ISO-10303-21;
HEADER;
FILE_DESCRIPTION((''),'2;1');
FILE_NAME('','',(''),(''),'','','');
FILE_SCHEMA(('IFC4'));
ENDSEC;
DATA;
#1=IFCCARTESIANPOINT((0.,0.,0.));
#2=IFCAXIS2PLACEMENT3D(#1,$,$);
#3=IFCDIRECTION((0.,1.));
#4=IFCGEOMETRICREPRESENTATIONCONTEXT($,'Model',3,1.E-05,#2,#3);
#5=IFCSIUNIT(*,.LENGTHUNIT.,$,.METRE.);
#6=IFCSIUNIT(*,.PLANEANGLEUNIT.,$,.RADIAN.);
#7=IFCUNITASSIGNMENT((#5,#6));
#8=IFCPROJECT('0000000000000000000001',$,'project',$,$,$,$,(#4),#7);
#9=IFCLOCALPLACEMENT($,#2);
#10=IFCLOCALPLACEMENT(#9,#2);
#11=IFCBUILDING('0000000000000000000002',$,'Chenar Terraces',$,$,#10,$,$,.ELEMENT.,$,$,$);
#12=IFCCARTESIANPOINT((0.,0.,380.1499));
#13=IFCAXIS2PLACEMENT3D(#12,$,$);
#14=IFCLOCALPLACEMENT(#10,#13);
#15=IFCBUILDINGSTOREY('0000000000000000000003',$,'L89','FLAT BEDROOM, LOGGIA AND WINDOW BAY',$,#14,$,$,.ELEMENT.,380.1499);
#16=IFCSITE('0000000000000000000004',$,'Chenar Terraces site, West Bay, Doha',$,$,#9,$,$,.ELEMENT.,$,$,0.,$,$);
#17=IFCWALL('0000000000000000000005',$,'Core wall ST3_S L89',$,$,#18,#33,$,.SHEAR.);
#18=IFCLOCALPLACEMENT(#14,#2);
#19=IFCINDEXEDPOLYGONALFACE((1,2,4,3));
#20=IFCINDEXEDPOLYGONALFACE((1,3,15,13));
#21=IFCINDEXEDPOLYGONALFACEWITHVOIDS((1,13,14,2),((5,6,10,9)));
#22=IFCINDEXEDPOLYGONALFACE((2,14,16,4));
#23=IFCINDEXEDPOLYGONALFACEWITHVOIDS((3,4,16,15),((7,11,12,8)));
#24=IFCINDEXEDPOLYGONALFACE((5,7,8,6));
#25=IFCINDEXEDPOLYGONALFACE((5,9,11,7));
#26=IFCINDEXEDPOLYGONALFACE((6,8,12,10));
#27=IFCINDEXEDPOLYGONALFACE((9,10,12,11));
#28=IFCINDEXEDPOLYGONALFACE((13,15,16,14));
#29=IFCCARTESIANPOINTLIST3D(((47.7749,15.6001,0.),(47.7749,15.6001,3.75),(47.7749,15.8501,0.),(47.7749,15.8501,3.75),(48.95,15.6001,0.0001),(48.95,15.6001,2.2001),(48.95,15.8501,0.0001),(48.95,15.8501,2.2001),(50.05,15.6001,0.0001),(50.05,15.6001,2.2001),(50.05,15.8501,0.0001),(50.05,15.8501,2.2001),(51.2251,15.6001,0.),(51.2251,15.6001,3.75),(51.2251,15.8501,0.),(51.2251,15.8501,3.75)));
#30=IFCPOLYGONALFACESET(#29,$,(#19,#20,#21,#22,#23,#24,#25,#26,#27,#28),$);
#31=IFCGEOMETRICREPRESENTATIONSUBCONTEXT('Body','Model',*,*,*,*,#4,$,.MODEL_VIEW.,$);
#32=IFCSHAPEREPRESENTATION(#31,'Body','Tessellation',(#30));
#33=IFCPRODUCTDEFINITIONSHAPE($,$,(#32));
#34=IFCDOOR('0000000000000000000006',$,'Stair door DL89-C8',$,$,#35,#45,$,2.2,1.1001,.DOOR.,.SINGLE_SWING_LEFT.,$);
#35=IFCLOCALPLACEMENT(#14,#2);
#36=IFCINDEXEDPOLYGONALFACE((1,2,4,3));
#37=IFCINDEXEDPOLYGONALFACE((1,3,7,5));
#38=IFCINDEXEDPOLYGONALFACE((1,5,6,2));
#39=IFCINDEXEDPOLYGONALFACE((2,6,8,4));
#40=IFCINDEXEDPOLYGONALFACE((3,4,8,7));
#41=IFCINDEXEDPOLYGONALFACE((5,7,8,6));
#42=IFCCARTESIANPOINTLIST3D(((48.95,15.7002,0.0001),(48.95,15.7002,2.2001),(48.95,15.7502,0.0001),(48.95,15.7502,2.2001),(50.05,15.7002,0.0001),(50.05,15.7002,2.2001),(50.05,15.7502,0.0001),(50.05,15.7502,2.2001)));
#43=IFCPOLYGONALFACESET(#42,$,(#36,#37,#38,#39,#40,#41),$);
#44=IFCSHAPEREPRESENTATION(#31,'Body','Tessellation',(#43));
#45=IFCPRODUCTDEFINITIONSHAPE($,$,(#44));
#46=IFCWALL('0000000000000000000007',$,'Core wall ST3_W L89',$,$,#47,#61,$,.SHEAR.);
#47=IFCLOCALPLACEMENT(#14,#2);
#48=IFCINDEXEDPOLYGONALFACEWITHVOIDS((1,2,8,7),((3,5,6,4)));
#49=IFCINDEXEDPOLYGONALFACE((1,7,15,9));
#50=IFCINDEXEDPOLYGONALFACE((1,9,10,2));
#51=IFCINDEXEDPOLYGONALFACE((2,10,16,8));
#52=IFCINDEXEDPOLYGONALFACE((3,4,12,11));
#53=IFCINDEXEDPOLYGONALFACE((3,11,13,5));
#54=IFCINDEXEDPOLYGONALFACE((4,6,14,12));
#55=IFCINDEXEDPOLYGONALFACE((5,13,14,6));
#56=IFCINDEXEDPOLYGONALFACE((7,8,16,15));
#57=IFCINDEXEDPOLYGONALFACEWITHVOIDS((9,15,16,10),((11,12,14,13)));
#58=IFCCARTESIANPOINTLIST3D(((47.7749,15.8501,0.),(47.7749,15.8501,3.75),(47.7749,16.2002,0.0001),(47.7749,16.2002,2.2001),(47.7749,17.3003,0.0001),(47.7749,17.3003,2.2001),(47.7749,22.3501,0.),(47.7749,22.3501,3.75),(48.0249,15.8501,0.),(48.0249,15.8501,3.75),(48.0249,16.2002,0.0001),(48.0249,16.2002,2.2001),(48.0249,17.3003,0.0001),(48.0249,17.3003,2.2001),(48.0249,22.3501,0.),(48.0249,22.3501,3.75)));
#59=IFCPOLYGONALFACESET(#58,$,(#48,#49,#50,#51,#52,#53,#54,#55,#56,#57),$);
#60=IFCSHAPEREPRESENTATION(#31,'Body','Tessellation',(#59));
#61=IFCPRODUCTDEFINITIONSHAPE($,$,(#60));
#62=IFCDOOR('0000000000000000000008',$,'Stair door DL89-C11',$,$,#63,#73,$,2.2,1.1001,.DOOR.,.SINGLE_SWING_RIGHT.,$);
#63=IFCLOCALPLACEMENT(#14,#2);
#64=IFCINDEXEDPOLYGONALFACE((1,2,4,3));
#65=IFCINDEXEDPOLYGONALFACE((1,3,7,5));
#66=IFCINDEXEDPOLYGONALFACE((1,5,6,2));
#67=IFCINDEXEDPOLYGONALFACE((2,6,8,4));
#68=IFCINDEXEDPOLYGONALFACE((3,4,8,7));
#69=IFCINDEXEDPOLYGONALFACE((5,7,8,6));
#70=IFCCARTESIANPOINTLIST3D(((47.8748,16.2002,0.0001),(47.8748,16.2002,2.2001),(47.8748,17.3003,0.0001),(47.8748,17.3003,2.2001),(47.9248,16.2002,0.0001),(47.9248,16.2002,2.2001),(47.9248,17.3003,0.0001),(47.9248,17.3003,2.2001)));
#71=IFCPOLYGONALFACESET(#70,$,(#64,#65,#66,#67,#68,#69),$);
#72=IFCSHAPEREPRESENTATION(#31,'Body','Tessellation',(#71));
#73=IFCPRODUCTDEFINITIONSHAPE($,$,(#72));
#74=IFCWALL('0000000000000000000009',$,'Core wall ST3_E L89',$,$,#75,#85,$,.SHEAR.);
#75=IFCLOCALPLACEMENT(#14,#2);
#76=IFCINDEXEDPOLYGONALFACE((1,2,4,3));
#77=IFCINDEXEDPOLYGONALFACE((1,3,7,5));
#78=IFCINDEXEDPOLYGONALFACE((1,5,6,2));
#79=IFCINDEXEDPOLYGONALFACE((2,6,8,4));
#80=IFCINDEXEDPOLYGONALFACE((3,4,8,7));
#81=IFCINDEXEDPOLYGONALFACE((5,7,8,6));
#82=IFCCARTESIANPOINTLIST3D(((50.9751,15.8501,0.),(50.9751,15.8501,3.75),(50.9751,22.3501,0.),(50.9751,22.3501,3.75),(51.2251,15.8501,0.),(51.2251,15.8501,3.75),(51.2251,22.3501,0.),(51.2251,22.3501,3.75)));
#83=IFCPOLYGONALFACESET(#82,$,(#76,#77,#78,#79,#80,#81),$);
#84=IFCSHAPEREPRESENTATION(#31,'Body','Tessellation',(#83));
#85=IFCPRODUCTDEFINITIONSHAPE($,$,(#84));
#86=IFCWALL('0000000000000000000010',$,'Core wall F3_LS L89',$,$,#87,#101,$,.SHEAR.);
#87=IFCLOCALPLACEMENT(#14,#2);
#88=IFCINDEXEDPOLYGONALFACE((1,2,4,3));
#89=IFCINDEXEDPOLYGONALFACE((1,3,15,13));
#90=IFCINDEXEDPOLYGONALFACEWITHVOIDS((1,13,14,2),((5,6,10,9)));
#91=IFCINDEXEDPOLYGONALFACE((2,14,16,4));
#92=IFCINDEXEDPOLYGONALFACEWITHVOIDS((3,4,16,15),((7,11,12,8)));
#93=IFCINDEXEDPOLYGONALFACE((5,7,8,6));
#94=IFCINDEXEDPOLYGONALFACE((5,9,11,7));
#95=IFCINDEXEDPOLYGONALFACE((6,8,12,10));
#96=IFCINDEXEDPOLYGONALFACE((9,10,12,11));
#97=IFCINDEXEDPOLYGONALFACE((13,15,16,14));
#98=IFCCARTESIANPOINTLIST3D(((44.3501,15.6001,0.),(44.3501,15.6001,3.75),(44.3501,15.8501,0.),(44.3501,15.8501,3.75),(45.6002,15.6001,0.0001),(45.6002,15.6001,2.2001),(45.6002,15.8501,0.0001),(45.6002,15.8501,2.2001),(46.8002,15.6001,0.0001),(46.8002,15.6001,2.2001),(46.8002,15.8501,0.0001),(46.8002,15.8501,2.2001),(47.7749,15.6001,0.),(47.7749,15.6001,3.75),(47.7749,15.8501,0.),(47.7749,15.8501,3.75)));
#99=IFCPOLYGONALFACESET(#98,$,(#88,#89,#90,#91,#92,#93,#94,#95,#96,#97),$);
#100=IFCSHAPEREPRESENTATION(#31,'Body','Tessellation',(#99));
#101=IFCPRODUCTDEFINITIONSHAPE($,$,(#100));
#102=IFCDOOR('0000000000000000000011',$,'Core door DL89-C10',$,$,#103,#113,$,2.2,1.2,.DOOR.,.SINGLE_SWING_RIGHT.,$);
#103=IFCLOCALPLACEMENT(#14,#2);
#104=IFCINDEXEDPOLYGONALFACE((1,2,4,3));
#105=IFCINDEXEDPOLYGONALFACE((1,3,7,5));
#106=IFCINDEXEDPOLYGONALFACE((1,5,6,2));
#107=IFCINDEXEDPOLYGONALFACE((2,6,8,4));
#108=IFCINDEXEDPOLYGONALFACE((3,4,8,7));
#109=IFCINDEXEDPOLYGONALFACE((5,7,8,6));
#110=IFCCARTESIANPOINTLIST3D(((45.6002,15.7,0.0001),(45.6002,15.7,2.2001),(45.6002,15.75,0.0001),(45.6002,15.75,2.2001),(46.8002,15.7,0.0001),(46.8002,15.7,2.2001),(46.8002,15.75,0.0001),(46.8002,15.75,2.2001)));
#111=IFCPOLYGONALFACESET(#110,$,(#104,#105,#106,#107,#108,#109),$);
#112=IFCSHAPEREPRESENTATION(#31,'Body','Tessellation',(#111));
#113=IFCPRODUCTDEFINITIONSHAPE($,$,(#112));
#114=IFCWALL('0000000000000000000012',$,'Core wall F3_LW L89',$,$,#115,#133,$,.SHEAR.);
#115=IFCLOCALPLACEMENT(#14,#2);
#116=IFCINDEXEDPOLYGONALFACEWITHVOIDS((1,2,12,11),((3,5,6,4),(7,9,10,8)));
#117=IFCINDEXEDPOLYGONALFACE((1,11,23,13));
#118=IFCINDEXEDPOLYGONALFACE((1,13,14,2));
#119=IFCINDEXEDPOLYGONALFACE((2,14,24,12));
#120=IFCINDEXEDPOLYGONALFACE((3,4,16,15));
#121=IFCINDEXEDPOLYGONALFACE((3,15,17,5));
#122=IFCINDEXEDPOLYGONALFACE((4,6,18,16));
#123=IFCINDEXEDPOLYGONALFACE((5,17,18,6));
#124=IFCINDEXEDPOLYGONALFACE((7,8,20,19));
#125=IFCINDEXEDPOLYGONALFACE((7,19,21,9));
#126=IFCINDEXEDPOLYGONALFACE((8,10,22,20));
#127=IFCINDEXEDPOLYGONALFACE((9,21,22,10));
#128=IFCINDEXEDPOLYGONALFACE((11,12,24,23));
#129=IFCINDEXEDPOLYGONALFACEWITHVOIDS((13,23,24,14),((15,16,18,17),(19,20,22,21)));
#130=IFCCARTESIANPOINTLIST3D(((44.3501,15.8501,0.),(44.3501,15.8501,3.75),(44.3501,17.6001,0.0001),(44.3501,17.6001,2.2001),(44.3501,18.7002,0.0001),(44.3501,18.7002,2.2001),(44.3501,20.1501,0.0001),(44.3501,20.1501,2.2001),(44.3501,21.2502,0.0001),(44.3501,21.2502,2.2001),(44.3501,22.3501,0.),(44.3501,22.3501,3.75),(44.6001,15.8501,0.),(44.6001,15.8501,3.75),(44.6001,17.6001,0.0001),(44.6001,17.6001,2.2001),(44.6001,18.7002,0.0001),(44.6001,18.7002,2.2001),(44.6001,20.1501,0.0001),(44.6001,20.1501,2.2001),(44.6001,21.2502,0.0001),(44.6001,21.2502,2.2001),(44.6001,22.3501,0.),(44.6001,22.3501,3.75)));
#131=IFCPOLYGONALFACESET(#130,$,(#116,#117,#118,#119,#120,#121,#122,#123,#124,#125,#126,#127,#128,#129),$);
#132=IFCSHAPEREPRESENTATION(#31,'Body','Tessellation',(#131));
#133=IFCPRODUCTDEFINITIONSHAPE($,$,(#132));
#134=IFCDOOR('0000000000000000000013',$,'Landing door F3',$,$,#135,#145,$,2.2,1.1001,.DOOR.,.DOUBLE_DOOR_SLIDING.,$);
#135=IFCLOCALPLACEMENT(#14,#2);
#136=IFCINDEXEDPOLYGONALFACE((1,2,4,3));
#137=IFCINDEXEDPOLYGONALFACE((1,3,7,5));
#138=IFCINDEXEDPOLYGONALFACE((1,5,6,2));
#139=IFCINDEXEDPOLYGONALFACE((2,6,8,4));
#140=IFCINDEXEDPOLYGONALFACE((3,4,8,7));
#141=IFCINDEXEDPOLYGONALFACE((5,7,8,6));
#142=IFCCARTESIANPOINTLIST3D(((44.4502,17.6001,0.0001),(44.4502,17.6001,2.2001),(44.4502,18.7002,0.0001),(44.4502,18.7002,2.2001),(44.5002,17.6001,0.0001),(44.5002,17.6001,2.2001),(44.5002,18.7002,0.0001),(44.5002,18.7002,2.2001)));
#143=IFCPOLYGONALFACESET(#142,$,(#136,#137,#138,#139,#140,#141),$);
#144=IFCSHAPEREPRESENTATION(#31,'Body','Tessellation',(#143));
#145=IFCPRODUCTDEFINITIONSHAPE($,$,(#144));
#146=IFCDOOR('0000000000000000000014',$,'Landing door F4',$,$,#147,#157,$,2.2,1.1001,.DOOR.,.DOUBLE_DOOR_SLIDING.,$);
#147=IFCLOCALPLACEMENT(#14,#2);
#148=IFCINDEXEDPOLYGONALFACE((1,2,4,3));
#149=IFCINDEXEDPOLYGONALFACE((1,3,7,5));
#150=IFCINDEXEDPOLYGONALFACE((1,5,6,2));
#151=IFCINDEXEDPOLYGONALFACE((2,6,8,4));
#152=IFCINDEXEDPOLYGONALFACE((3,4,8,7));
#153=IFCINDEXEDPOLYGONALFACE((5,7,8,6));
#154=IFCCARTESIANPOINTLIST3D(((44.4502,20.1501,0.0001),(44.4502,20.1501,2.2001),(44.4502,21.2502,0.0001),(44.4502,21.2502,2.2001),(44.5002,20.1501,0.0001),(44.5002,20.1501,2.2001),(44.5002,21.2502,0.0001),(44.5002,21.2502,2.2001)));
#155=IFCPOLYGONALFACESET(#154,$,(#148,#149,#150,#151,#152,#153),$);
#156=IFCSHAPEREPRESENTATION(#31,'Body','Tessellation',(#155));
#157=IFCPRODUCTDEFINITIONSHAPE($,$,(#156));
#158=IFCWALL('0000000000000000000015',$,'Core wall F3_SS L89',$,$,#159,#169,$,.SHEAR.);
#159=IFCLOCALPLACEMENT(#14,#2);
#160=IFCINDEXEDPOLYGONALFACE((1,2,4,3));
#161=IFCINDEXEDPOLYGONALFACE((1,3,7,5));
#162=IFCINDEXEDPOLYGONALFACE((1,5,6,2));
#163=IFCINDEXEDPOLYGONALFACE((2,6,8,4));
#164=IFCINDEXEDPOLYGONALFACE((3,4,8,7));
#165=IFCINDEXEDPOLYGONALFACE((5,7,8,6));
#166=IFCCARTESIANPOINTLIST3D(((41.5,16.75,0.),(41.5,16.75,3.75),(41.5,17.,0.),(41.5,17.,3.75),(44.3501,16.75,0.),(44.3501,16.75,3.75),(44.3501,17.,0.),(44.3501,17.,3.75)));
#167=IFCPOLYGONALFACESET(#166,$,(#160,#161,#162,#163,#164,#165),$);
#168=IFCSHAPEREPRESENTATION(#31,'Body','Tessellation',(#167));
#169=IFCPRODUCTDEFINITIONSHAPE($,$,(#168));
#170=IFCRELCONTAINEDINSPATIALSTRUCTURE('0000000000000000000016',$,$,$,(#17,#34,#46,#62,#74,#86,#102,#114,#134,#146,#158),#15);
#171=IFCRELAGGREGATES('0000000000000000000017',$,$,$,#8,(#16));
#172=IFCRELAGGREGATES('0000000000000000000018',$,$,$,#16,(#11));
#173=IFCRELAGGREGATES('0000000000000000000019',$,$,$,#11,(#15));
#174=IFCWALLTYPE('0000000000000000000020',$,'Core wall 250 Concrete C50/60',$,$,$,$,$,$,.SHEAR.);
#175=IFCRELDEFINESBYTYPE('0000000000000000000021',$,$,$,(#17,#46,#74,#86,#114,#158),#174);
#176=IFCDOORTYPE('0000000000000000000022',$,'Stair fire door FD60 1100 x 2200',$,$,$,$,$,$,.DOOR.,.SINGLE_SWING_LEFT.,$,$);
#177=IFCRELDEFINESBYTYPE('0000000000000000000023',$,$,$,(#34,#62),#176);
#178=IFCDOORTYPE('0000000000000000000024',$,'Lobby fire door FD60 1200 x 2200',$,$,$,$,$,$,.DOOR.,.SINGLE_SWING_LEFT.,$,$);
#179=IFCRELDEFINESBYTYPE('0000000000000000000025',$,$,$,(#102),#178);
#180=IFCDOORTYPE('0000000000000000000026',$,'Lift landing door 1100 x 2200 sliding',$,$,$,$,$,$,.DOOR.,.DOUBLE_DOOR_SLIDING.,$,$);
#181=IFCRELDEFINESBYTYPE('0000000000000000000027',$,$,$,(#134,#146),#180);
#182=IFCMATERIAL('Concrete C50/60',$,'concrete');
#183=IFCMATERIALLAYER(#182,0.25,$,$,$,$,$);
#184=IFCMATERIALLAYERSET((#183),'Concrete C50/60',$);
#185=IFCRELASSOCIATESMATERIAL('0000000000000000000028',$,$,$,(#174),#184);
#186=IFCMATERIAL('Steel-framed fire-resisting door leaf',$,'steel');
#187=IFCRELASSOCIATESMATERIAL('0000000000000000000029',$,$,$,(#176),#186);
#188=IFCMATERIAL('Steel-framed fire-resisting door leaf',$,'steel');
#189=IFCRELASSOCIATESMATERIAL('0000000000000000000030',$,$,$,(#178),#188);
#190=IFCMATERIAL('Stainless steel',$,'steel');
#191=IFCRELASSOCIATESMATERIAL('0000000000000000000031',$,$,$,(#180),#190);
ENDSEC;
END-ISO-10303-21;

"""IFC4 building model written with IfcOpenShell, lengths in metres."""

from ifc_helpers import new_model, si_unit, direction, frame, frame_2d, origin, place, context, subcontext, project, spatial, rectangle, extrude, material, layer, layer_set, type_object, element, fill, save


model = new_model("IFC4")

# Units and contexts
model_context = context("Model", 3, precision=1e-05, world=origin(), true_north=direction((0.0, 1.0)))
body_context = subcontext(model_context, "Body", "Model", "MODEL_VIEW")
ifc_project = project(units=[si_unit("LENGTHUNIT", "METRE"), si_unit("PLANEANGLEUNIT", "RADIAN")], contexts=[model_context])

# Site, building, storey
site_placement = place(None, origin())
site = spatial("IfcSite", under=ifc_project, at=site_placement, Name="Chenar Terraces site, West Bay, Doha", CompositionType="ELEMENT", RefElevation=0.0)
building_placement = place(site_placement, origin())
building = spatial("IfcBuilding", under=site, at=building_placement, Name="Chenar Terraces", CompositionType="ELEMENT")
storey_placement = place(building_placement, frame((0.0, 0.0, 380.1499)))
storey = spatial("IfcBuildingStorey", under=building, at=storey_placement, Name="L89", Description="FLAT BEDROOM, LOGGIA AND WINDOW BAY", CompositionType="ELEMENT", Elevation=380.1499)

# Walls, openings, doors
ifc_material_1 = material(Name="Concrete C50/60", Category="concrete")
ifc_layer_1 = layer(ifc_material_1, 0.25)
ifc_layer_set_1 = layer_set([ifc_layer_1], Name="Concrete C50/60")
wall_type_1 = type_object("IfcWallType", Name="Core wall 250 Concrete C50/60", PredefinedType="SHEAR", material=ifc_layer_set_1)
wall_1_placement = place(storey_placement, frame((47.7749, 15.7251, 0.0), z_axis=(0.0, 0.0, 1.0), x_axis=(1.0, 0.0, 0.0)))
wall_1 = element("IfcWall", 1, at=wall_1_placement, inside=storey, type_object=wall_type_1, Name="Core wall ST3_S L89", PredefinedType="SHEAR", context=body_context, shape_type="SweptSolid", body=[
    extrude(rectangle(XDim=3.4502, YDim=0.25, at=frame_2d((1.7251, 0.0))), origin(), (0.0, 0.0, 1.0), 3.75),
])
opening_1_placement = place(wall_1_placement, frame((1.175, 0.0, 0.0)))
opening_1 = element("IfcOpeningElement", 2, at=opening_1_placement, cuts=wall_1, PredefinedType="OPENING", context=body_context, shape_type="SweptSolid", body=[
    extrude(rectangle(XDim=1.1001, YDim=2.2, at=frame_2d((0.55, 1.1001))), frame((0.0, 0.135, 0.0), z_axis=(0.0, -1.0, 0.0), x_axis=(1.0, 0.0, 0.0)), (0.0, 0.0, 1.0), 0.27),
])
ifc_material_2 = material(Name="Steel-framed fire-resisting door leaf", Category="steel")
door_type_1 = type_object("IfcDoorType", Name="Stair fire door FD60 1100 x 2200", OperationType="SINGLE_SWING_LEFT", PredefinedType="DOOR", material=ifc_material_2)
door_1_placement = place(opening_1_placement, frame((1.1001, 0.0, 0.0), z_axis=(0.0, 0.0, 1.0), x_axis=(-1.0, 0.0, 0.0)))
door_1 = element("IfcDoor", 3, at=door_1_placement, inside=storey, type_object=door_type_1, Name="Stair door DL89-C8", OperationType="SINGLE_SWING_LEFT", OverallHeight=2.2, OverallWidth=1.1001, PredefinedType="DOOR", context=body_context, shape_type="SweptSolid", body=[
    extrude(rectangle(XDim=1.1001, YDim=2.2, at=frame_2d((0.55, 1.1001))), frame((0.0, 0.0249, 0.0), z_axis=(0.0, -1.0, 0.0), x_axis=(1.0, 0.0, 0.0)), (0.0, 0.0, 1.0), 0.05),
])
fill(opening_1, door_1)
wall_2_placement = place(storey_placement, frame((47.8999, 15.8501, 0.0), z_axis=(0.0, 0.0, 1.0), x_axis=(0.0, 1.0, 0.0)))
wall_2 = element("IfcWall", 4, at=wall_2_placement, inside=storey, type_object=wall_type_1, Name="Core wall ST3_W L89", PredefinedType="SHEAR", context=body_context, shape_type="SweptSolid", body=[
    extrude(rectangle(XDim=6.5, YDim=0.25, at=frame_2d((3.25, 0.0))), origin(), (0.0, 0.0, 1.0), 3.75),
])
opening_2_placement = place(wall_2_placement, frame((0.3501, 0.0, 0.0)))
opening_2 = element("IfcOpeningElement", 5, at=opening_2_placement, cuts=wall_2, PredefinedType="OPENING", context=body_context, shape_type="SweptSolid", body=[
    extrude(rectangle(XDim=1.1001, YDim=2.2, at=frame_2d((0.55, 1.1001))), frame((0.0, 0.135, 0.0), z_axis=(0.0, -1.0, 0.0), x_axis=(1.0, 0.0, 0.0)), (0.0, 0.0, 1.0), 0.27),
])
door_2_placement = place(opening_2_placement, frame((1.1001, 0.0, 0.0), z_axis=(0.0, 0.0, 1.0), x_axis=(-1.0, 0.0, 0.0)))
door_2 = element("IfcDoor", 6, at=door_2_placement, inside=storey, type_object=door_type_1, Name="Stair door DL89-C11", OperationType="SINGLE_SWING_RIGHT", OverallHeight=2.2, OverallWidth=1.1001, PredefinedType="DOOR", context=body_context, shape_type="SweptSolid", body=[
    extrude(rectangle(XDim=1.1001, YDim=2.2, at=frame_2d((0.55, 1.1001))), frame((0.0, 0.0249, 0.0), z_axis=(0.0, -1.0, 0.0), x_axis=(1.0, 0.0, 0.0)), (0.0, 0.0, 1.0), 0.05),
])
fill(opening_2, door_2)

# Wall
wall_3_placement = place(storey_placement, frame((51.1001, 15.8501, 0.0), z_axis=(0.0, 0.0, 1.0), x_axis=(0.0, 1.0, 0.0)))
element("IfcWall", 7, at=wall_3_placement, inside=storey, type_object=wall_type_1, Name="Core wall ST3_E L89", PredefinedType="SHEAR", context=body_context, shape_type="SweptSolid", body=[
    extrude(rectangle(XDim=6.5, YDim=0.25, at=frame_2d((3.25, 0.0))), origin(), (0.0, 0.0, 1.0), 3.75),
])

# Wall, opening, door
wall_4_placement = place(storey_placement, frame((44.3501, 15.7251, 0.0), z_axis=(0.0, 0.0, 1.0), x_axis=(1.0, 0.0, 0.0)))
wall_4 = element("IfcWall", 8, at=wall_4_placement, inside=storey, type_object=wall_type_1, Name="Core wall F3_LS L89", PredefinedType="SHEAR", context=body_context, shape_type="SweptSolid", body=[
    extrude(rectangle(XDim=3.4248, YDim=0.25, at=frame_2d((1.7124, 0.0))), origin(), (0.0, 0.0, 1.0), 3.75),
])
opening_3_placement = place(wall_4_placement, frame((1.25, 0.0, 0.0)))
opening_3 = element("IfcOpeningElement", 9, at=opening_3_placement, cuts=wall_4, PredefinedType="OPENING", context=body_context, shape_type="SweptSolid", body=[
    extrude(rectangle(XDim=1.2, YDim=2.2, at=frame_2d((0.6001, 1.1001))), frame((0.0, 0.135, 0.0), z_axis=(0.0, -1.0, 0.0), x_axis=(1.0, 0.0, 0.0)), (0.0, 0.0, 1.0), 0.27),
])
ifc_material_3 = material(Name="Steel-framed fire-resisting door leaf", Category="steel")
door_type_2 = type_object("IfcDoorType", Name="Lobby fire door FD60 1200 x 2200", OperationType="SINGLE_SWING_LEFT", PredefinedType="DOOR", material=ifc_material_3)
door_3_placement = place(opening_3_placement, origin())
door_3 = element("IfcDoor", 10, at=door_3_placement, inside=storey, type_object=door_type_2, Name="Core door DL89-C10", OperationType="SINGLE_SWING_RIGHT", OverallHeight=2.2, OverallWidth=1.2, PredefinedType="DOOR", context=body_context, shape_type="SweptSolid", body=[
    extrude(rectangle(XDim=1.2, YDim=2.2, at=frame_2d((0.6001, 1.1001))), frame((0.0, 0.0249, 0.0), z_axis=(0.0, -1.0, 0.0), x_axis=(1.0, 0.0, 0.0)), (0.0, 0.0, 1.0), 0.05),
])
fill(opening_3, door_3)

# Wall, openings, doors
wall_5_placement = place(storey_placement, frame((44.4751, 15.8501, 0.0), z_axis=(0.0, 0.0, 1.0), x_axis=(0.0, 1.0, 0.0)))
wall_5 = element("IfcWall", 11, at=wall_5_placement, inside=storey, type_object=wall_type_1, Name="Core wall F3_LW L89", PredefinedType="SHEAR", context=body_context, shape_type="SweptSolid", body=[
    extrude(rectangle(XDim=6.5, YDim=0.25, at=frame_2d((3.25, 0.0))), origin(), (0.0, 0.0, 1.0), 3.75),
])
opening_4_placement = place(wall_5_placement, frame((1.75, 0.0, 0.0)))
opening_4 = element("IfcOpeningElement", 12, at=opening_4_placement, cuts=wall_5, PredefinedType="OPENING", context=body_context, shape_type="SweptSolid", body=[
    extrude(rectangle(XDim=1.1001, YDim=2.2, at=frame_2d((0.55, 1.1001))), frame((0.0, 0.135, 0.0), z_axis=(0.0, -1.0, 0.0), x_axis=(1.0, 0.0, 0.0)), (0.0, 0.0, 1.0), 0.27),
])
opening_5_placement = place(wall_5_placement, frame((4.3, 0.0, 0.0)))
opening_5 = element("IfcOpeningElement", 13, at=opening_5_placement, cuts=wall_5, PredefinedType="OPENING", context=body_context, shape_type="SweptSolid", body=[
    extrude(rectangle(XDim=1.1001, YDim=2.2, at=frame_2d((0.55, 1.1001))), frame((0.0, 0.135, 0.0), z_axis=(0.0, -1.0, 0.0), x_axis=(1.0, 0.0, 0.0)), (0.0, 0.0, 1.0), 0.27),
])
ifc_material_4 = material(Name="Stainless steel", Category="steel")
door_type_3 = type_object("IfcDoorType", Name="Lift landing door 1100 x 2200 sliding", OperationType="DOUBLE_DOOR_SLIDING", PredefinedType="DOOR", material=ifc_material_4)
door_4_placement = place(opening_4_placement, origin())
door_4 = element("IfcDoor", 14, at=door_4_placement, inside=storey, type_object=door_type_3, Name="Landing door F3", OperationType="DOUBLE_DOOR_SLIDING", OverallHeight=2.2, OverallWidth=1.1001, PredefinedType="DOOR", context=body_context, shape_type="SweptSolid", body=[
    extrude(rectangle(XDim=1.1001, YDim=2.2, at=frame_2d((0.55, 1.1001))), frame((0.0, 0.0249, 0.0), z_axis=(0.0, -1.0, 0.0), x_axis=(1.0, 0.0, 0.0)), (0.0, 0.0, 1.0), 0.05),
])
fill(opening_4, door_4)
door_5_placement = place(opening_5_placement, origin())
door_5 = element("IfcDoor", 15, at=door_5_placement, inside=storey, type_object=door_type_3, Name="Landing door F4", OperationType="DOUBLE_DOOR_SLIDING", OverallHeight=2.2, OverallWidth=1.1001, PredefinedType="DOOR", context=body_context, shape_type="SweptSolid", body=[
    extrude(rectangle(XDim=1.1001, YDim=2.2, at=frame_2d((0.55, 1.1001))), frame((0.0, 0.0249, 0.0), z_axis=(0.0, -1.0, 0.0), x_axis=(1.0, 0.0, 0.0)), (0.0, 0.0, 1.0), 0.05),
])
fill(opening_5, door_5)

# Wall
for number, where, z_axis, x_axis, name in (
    (16, (41.5, 16.875, 0.0), (0.0, 0.0, 1.0), (1.0, 0.0, 0.0), "Core wall F3_SS L89"),
):
    element("IfcWall", number, at=place(storey_placement, frame(where, z_axis=z_axis, x_axis=x_axis)), inside=storey, type_object=wall_type_1, Name=name, PredefinedType="SHEAR", context=body_context, shape_type="SweptSolid", body=[
        extrude(rectangle(XDim=2.8501, YDim=0.25, at=frame_2d((1.425, 0.0))), origin(), (0.0, 0.0, 1.0), 3.75),
    ])

save(model, "model.ifc")
